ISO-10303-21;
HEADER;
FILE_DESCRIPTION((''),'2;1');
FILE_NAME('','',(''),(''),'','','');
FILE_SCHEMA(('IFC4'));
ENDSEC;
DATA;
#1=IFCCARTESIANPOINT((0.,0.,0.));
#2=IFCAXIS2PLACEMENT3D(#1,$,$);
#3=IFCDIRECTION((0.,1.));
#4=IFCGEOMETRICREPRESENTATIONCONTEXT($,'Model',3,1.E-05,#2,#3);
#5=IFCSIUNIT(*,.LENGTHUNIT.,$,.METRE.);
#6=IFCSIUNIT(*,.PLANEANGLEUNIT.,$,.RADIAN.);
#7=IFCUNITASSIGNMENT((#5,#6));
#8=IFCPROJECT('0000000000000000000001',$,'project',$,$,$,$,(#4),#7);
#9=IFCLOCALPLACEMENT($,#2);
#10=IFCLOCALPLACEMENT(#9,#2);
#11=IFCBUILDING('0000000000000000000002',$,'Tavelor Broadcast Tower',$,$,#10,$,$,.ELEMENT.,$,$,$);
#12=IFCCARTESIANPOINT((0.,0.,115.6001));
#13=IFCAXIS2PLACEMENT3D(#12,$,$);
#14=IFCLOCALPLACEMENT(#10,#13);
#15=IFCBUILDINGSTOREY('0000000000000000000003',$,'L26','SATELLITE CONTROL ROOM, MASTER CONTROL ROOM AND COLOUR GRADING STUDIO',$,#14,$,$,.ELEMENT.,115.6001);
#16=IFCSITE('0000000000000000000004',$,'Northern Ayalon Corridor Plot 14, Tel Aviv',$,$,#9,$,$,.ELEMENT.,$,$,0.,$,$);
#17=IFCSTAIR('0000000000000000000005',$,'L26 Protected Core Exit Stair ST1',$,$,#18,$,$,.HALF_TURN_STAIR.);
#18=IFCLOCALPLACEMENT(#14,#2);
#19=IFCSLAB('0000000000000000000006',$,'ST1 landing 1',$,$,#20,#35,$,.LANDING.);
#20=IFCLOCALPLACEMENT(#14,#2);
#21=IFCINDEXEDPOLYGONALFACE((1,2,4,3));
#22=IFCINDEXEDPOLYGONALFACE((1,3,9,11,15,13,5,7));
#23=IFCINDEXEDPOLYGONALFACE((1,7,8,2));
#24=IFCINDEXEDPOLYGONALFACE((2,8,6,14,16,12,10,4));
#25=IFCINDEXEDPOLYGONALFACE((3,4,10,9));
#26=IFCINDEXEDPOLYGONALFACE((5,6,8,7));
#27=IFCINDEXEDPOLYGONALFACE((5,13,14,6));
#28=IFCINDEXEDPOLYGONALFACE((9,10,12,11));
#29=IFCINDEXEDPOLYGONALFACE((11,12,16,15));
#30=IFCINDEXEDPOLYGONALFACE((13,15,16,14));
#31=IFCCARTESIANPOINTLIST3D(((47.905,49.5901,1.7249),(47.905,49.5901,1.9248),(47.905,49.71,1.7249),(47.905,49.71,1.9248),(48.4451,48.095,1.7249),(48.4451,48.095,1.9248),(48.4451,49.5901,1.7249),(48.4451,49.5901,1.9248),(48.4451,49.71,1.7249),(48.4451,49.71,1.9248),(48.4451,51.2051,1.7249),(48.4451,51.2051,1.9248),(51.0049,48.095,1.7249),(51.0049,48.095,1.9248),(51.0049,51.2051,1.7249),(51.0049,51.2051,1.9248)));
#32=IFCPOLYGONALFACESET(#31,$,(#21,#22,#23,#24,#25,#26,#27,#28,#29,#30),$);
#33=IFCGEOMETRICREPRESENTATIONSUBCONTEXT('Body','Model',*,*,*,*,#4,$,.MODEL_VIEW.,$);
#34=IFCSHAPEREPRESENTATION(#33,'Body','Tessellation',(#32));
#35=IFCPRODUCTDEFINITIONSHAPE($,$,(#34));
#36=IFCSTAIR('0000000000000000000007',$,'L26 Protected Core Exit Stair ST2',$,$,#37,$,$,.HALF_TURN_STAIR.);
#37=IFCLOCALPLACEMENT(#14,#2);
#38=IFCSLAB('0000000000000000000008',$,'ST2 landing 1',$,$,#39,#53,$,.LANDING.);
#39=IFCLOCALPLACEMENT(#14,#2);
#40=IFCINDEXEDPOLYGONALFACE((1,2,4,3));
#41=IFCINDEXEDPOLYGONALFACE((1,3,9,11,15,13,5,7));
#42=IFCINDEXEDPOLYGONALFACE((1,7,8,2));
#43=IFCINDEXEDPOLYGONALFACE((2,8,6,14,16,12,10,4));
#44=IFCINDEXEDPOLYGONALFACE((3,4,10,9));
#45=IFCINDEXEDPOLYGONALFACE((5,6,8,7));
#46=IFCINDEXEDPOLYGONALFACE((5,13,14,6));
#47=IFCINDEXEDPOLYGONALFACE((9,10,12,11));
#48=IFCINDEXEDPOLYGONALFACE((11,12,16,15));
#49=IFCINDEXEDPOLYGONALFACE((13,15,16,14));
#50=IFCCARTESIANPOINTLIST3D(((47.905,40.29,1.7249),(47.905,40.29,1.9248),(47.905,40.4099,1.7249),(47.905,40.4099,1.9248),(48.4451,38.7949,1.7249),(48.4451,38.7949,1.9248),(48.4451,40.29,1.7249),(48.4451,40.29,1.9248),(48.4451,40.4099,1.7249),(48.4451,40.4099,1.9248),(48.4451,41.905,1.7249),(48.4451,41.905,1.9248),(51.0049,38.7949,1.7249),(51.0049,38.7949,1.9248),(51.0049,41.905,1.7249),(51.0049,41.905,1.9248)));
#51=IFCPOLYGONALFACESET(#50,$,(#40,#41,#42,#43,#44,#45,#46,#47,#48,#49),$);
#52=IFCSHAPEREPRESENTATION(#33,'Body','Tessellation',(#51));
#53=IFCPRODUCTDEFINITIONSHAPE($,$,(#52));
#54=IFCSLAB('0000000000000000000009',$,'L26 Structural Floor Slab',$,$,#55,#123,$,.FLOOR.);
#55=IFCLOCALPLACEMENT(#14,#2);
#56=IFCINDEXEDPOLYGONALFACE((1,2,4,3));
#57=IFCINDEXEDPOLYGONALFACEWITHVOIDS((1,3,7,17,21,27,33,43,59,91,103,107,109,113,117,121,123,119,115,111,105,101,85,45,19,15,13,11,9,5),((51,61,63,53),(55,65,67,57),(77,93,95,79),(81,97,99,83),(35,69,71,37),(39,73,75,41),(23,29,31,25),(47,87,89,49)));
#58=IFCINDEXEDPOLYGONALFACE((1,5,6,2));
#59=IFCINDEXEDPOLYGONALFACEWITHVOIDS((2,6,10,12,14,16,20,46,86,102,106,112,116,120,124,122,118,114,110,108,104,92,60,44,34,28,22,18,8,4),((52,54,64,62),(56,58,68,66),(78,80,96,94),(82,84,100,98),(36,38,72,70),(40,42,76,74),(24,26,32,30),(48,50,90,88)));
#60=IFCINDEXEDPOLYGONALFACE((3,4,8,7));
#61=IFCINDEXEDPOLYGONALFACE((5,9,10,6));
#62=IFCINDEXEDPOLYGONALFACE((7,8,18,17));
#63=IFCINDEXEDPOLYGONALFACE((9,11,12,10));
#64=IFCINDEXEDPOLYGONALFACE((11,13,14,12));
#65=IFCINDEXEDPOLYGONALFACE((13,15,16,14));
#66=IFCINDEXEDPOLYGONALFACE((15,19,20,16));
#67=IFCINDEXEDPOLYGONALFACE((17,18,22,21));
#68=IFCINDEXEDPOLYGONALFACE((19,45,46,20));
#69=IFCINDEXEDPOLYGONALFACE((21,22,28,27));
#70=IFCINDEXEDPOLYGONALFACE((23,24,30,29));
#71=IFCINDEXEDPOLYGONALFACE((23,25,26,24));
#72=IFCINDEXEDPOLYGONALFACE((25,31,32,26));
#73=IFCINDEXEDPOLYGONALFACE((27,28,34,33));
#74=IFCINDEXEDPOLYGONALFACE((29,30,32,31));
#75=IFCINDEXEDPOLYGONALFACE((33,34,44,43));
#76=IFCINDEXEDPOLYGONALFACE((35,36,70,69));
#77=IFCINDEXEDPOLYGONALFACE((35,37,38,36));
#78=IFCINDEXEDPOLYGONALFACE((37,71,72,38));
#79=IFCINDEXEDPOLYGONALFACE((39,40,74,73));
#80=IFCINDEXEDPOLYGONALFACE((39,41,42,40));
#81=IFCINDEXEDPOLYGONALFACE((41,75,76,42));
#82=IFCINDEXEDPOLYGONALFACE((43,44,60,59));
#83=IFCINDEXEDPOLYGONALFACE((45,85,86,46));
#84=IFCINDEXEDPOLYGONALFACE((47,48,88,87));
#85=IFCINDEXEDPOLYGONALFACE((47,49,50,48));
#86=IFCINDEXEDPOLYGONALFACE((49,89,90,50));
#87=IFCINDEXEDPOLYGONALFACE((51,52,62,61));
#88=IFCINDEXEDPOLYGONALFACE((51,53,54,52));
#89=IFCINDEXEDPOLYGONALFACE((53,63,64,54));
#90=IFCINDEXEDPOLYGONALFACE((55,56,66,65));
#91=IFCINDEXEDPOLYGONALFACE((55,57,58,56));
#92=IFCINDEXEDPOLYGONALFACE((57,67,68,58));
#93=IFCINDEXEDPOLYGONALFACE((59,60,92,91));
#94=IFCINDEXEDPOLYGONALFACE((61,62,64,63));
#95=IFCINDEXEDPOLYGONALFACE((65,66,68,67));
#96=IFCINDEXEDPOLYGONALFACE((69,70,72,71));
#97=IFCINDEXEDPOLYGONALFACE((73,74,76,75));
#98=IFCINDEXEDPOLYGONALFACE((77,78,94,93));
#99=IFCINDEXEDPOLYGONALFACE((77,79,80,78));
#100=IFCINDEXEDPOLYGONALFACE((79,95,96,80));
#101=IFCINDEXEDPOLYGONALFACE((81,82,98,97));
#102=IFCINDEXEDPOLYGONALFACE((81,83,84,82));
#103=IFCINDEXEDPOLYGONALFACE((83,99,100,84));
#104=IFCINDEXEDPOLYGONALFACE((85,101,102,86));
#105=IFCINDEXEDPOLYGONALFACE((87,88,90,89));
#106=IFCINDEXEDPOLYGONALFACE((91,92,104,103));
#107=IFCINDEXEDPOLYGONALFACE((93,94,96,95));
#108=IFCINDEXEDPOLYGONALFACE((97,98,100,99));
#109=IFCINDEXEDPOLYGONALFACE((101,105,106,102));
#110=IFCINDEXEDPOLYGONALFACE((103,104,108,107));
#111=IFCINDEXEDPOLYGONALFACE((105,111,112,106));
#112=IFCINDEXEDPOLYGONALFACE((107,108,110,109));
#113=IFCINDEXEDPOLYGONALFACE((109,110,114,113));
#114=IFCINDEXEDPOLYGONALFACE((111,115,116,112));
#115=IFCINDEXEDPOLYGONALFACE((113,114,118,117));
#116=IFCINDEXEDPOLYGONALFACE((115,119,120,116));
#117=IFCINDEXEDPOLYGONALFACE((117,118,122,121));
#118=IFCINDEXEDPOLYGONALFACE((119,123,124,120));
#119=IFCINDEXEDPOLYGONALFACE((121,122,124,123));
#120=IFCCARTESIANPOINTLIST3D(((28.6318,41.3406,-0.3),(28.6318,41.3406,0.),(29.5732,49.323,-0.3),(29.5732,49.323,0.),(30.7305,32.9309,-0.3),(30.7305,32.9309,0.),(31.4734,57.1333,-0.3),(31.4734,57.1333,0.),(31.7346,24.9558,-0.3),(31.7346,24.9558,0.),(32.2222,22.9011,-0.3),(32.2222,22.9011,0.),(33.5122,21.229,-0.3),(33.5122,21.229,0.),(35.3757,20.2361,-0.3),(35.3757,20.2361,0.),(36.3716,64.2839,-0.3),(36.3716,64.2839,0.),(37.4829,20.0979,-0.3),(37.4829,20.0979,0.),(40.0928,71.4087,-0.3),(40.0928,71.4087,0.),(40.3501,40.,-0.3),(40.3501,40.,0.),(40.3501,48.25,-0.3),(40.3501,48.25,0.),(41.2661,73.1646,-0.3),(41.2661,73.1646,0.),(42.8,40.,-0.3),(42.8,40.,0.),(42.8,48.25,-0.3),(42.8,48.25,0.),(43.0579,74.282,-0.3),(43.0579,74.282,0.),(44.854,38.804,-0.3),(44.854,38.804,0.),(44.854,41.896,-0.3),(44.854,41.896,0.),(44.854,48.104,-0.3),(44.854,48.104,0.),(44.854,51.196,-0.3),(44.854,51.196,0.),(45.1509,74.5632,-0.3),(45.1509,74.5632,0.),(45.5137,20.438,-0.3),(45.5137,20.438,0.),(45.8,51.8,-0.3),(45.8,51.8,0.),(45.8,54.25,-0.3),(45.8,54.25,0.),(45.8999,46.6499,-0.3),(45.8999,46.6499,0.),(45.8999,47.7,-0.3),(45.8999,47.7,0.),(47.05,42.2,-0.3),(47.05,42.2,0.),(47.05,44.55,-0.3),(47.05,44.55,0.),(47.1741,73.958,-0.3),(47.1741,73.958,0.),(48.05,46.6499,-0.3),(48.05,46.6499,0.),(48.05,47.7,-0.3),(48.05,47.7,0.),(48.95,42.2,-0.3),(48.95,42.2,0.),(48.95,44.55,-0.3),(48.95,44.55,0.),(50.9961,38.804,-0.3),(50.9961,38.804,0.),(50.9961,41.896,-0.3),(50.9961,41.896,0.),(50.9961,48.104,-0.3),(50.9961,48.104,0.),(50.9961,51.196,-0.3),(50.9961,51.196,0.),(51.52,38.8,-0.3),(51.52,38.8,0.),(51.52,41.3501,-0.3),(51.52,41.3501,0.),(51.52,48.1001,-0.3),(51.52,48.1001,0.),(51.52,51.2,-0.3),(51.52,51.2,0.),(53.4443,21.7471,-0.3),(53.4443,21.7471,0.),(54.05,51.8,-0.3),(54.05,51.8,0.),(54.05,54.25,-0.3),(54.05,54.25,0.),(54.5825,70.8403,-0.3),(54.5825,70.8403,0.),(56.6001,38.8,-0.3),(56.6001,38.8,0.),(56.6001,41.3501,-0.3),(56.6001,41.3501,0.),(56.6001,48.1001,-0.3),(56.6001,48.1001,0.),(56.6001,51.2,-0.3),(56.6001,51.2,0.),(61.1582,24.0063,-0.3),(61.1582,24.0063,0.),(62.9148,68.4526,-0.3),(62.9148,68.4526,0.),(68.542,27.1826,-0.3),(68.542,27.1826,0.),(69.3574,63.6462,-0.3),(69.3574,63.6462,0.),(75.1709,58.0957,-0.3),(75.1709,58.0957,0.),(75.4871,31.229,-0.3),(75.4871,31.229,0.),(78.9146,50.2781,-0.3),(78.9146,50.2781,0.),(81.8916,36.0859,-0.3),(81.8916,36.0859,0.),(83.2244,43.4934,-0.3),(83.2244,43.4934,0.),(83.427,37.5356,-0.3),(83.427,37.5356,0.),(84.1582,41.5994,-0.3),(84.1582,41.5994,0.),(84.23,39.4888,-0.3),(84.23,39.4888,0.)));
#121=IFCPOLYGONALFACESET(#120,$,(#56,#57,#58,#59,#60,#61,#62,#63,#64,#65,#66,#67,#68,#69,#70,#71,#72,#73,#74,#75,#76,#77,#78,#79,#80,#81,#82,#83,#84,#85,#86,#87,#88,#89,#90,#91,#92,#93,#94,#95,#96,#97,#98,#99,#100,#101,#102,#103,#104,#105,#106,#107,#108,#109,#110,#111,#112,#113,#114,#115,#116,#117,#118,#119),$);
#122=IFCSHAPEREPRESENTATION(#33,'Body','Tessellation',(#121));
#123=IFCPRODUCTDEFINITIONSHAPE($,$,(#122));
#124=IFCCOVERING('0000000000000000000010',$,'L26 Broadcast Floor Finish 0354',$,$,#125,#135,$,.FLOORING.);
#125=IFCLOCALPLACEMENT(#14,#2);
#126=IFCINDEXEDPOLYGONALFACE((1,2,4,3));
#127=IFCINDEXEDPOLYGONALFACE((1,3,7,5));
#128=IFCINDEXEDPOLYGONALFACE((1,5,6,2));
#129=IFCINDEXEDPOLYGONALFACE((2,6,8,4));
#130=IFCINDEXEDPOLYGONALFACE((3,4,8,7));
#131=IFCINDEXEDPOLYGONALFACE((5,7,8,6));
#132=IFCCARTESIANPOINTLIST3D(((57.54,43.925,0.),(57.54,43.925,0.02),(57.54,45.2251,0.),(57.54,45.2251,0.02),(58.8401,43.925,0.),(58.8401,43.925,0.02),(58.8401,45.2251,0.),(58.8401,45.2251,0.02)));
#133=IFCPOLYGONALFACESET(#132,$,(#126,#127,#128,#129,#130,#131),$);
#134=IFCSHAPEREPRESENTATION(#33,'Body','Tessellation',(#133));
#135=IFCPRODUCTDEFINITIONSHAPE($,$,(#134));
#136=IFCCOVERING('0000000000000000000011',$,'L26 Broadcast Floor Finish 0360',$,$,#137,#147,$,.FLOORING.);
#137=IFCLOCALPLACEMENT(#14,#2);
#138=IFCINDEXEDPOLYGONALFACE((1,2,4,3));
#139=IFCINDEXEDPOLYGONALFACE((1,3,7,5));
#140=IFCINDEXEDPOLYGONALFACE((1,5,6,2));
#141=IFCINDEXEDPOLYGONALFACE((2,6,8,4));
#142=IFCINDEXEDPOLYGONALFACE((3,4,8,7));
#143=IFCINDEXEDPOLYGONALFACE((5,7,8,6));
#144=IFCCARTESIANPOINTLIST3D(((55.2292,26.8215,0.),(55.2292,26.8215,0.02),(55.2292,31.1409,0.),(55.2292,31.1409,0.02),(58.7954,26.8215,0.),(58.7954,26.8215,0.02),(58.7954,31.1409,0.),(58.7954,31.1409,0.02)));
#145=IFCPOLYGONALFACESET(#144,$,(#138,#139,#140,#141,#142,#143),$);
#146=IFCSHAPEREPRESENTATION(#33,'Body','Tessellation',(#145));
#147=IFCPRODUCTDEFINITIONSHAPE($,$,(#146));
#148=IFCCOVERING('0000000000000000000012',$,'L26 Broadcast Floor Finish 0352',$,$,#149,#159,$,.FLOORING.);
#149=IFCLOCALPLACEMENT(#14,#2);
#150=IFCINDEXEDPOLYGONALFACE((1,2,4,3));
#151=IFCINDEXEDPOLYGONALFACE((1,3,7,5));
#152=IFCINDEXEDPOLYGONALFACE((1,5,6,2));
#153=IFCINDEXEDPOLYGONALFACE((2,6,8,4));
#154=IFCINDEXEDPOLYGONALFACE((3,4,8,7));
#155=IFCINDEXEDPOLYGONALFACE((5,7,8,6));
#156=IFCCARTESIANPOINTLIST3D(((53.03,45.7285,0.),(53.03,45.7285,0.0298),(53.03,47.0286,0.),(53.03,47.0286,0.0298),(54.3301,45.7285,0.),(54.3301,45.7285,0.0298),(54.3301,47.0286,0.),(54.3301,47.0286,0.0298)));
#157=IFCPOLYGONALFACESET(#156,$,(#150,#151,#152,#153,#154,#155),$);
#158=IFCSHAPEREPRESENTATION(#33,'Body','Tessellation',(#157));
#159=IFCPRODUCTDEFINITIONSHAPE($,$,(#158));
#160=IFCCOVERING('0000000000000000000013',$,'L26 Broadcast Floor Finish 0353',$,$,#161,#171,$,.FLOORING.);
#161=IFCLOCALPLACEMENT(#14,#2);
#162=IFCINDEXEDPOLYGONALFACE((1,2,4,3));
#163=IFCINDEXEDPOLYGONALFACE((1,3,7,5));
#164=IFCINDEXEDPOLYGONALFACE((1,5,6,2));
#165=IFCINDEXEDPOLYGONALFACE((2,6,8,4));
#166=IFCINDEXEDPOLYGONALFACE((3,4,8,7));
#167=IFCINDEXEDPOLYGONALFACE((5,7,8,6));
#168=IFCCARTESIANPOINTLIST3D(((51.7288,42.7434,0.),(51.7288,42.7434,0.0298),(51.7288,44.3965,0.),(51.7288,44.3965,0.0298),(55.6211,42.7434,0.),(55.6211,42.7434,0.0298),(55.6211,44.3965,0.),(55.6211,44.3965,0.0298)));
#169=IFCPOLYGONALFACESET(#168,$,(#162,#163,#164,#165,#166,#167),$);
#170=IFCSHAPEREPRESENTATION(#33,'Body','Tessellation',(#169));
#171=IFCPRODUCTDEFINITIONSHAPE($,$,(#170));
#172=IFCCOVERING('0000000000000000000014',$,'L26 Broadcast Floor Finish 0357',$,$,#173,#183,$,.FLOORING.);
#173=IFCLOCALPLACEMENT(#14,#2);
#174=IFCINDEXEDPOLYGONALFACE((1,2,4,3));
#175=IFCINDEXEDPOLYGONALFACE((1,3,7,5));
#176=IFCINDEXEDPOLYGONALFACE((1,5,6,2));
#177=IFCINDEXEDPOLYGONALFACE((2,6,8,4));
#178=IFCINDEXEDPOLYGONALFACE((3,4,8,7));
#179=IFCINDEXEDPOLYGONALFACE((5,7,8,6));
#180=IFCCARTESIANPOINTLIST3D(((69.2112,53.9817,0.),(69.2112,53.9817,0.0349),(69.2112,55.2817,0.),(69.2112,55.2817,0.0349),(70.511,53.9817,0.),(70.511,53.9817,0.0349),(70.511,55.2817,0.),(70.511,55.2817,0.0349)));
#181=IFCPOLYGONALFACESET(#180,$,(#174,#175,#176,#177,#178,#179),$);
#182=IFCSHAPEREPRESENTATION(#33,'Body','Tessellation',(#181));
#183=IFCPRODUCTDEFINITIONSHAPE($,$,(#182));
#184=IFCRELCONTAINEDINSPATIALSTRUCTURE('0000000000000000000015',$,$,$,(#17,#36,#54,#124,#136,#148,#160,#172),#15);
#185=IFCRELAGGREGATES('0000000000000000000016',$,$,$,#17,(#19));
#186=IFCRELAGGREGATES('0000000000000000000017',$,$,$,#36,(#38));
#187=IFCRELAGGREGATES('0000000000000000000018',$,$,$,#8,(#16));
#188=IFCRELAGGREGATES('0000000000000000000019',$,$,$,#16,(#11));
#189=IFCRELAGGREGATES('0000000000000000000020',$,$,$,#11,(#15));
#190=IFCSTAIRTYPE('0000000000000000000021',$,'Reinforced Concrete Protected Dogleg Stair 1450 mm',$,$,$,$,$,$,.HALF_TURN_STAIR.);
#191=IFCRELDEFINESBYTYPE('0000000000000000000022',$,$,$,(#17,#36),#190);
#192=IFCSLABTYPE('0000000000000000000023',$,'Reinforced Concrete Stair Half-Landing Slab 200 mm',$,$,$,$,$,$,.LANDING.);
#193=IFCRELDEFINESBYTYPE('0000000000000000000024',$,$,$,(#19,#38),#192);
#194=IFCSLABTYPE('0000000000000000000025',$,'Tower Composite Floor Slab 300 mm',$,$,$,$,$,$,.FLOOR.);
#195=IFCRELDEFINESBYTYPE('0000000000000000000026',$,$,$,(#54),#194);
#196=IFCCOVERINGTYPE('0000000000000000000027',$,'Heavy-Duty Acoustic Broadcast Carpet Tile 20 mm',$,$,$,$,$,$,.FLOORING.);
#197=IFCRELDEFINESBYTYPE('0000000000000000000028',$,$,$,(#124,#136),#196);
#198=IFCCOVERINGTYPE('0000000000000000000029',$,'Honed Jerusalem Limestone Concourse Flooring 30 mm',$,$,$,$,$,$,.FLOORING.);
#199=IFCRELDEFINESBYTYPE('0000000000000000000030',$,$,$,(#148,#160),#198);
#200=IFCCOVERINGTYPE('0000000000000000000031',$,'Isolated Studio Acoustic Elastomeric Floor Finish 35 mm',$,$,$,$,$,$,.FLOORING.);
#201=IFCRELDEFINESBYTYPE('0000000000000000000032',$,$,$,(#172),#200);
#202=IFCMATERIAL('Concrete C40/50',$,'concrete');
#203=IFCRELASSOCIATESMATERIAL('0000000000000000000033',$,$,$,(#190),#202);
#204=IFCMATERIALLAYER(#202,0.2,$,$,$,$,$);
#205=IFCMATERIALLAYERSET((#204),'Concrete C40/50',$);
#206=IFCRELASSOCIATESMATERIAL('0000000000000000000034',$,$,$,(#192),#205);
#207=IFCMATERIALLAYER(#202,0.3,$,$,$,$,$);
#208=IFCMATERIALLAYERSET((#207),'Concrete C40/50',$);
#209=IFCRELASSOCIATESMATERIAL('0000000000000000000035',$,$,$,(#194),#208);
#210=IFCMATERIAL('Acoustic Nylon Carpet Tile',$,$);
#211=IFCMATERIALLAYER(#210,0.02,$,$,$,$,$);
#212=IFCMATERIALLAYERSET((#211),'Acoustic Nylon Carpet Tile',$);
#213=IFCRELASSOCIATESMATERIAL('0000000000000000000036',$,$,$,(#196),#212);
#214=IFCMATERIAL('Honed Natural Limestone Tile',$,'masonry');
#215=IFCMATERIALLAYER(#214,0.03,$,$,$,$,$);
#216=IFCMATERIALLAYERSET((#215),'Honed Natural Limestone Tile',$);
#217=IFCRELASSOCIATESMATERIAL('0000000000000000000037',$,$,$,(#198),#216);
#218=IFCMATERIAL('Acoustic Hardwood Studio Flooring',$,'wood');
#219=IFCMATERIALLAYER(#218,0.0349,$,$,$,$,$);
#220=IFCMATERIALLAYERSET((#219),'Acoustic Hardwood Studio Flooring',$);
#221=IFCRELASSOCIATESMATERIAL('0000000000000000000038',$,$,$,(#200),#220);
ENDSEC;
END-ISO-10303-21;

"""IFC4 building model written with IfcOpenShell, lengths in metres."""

from ifc_helpers import new_model, si_unit, direction, frame, origin, place, context, subcontext, project, spatial, polyline, outline, extrude, material, layer, layer_set, type_object, element, aggregate, save


model = new_model("IFC4")

# Units and contexts
model_context = context("Model", 3, precision=1e-05, world=origin(), true_north=direction((0.0, 1.0)))
body_context = subcontext(model_context, "Body", "Model", "MODEL_VIEW")
ifc_project = project(units=[si_unit("LENGTHUNIT", "METRE"), si_unit("PLANEANGLEUNIT", "RADIAN")], contexts=[model_context])

# Site, building, storey
site_placement = place(None, origin())
site = spatial("IfcSite", under=ifc_project, at=site_placement, Name="Northern Ayalon Corridor Plot 14, Tel Aviv", CompositionType="ELEMENT", RefElevation=0.0)
building_placement = place(site_placement, origin())
building = spatial("IfcBuilding", under=site, at=building_placement, Name="Tavelor Broadcast Tower", CompositionType="ELEMENT")
storey_placement = place(building_placement, frame((0.0, 0.0, 115.6001)))
storey = spatial("IfcBuildingStorey", under=building, at=storey_placement, Name="L26", Description="SATELLITE CONTROL ROOM, MASTER CONTROL ROOM AND COLOUR GRADING STUDIO", CompositionType="ELEMENT", Elevation=115.6001)

# Stairs, slabs
ifc_material_1 = material(Name="Concrete C40/50", Category="concrete")
stair_type = type_object("IfcStairType", Name="Reinforced Concrete Protected Dogleg Stair 1450 mm", PredefinedType="HALF_TURN_STAIR", material=ifc_material_1)
stair_1_placement = place(storey_placement, origin())
stair_1 = element("IfcStair", 1, at=stair_1_placement, inside=storey, type_object=stair_type, Name="L26 Protected Core Exit Stair ST1", PredefinedType="HALF_TURN_STAIR")
ifc_layer_1 = layer(ifc_material_1, 0.2)
ifc_layer_set_1 = layer_set([ifc_layer_1], Name="Concrete C40/50")
slab_type_1 = type_object("IfcSlabType", Name="Reinforced Concrete Stair Half-Landing Slab 200 mm", PredefinedType="LANDING", material=ifc_layer_set_1)
slab_1_placement = place(storey_placement, frame((0.0, 0.0, 1.7249)))
slab_1 = element("IfcSlab", 2, at=slab_1_placement, type_object=slab_type_1, Name="ST1 landing 1", PredefinedType="LANDING", context=body_context, shape_type="SweptSolid", body=[
    extrude(outline(polyline([(48.4451, 49.5901), (48.4451, 48.095), (51.0049, 48.095), (51.0049, 51.2051), (48.4451, 51.2051), (48.4451, 49.71), (47.905, 49.71), (47.905, 49.5901), (48.4451, 49.5901)])), origin(), (0.0, 0.0, 1.0), 0.2),
])
aggregate(stair_1, [slab_1])
stair_2_placement = place(storey_placement, origin())
stair_2 = element("IfcStair", 3, at=stair_2_placement, inside=storey, type_object=stair_type, Name="L26 Protected Core Exit Stair ST2", PredefinedType="HALF_TURN_STAIR")
slab_2_placement = place(storey_placement, frame((0.0, 0.0, 1.7249)))
slab_2 = element("IfcSlab", 4, at=slab_2_placement, type_object=slab_type_1, Name="ST2 landing 1", PredefinedType="LANDING", context=body_context, shape_type="SweptSolid", body=[
    extrude(outline(polyline([(48.4451, 40.29), (48.4451, 38.7949), (51.0049, 38.7949), (51.0049, 41.905), (48.4451, 41.905), (48.4451, 40.4099), (47.905, 40.4099), (47.905, 40.29), (48.4451, 40.29)])), origin(), (0.0, 0.0, 1.0), 0.2),
])
aggregate(stair_2, [slab_2])

# Slab
ifc_layer_2 = layer(ifc_material_1, 0.3)
ifc_layer_set_2 = layer_set([ifc_layer_2], Name="Concrete C40/50")
slab_type_2 = type_object("IfcSlabType", Name="Tower Composite Floor Slab 300 mm", PredefinedType="FLOOR", material=ifc_layer_set_2)
slab_3_placement = place(storey_placement, frame((0.0, 0.0, -0.3)))
element("IfcSlab", 5, at=slab_3_placement, inside=storey, type_object=slab_type_2, Name="L26 Structural Floor Slab", PredefinedType="FLOOR", context=body_context, shape_type="SweptSolid", body=[
    extrude(outline(polyline([(47.1741, 73.958), (45.1509, 74.5632), (43.0579, 74.282), (41.2661, 73.1646), (40.0928, 71.4087), (36.3716, 64.2839), (31.4734, 57.1333), (29.5732, 49.323), (28.6318, 41.3406), (30.7305, 32.9309), (31.7346, 24.9558), (32.2222, 22.9011), (33.5122, 21.229), (35.3757, 20.2361), (37.4829, 20.0979), (45.5137, 20.438), (53.4443, 21.7471), (61.1582, 24.0063), (68.542, 27.1826), (75.4871, 31.229), (81.8916, 36.0859), (83.427, 37.5356), (84.23, 39.4888), (84.1582, 41.5994), (83.2244, 43.4934), (78.9146, 50.2781), (75.1709, 58.0957), (69.3574, 63.6462), (62.9148, 68.4526), (54.5825, 70.8403), (47.1741, 73.958)]), holes=[polyline([(56.6001, 38.8), (51.52, 38.8), (51.52, 41.3501), (56.6001, 41.3501), (56.6001, 38.8)]), polyline([(50.9961, 38.804), (44.854, 38.804), (44.854, 41.896), (50.9961, 41.896), (50.9961, 38.804)]), polyline([(47.05, 42.2), (47.05, 44.55), (48.95, 44.55), (48.95, 42.2), (47.05, 42.2)]), polyline([(40.3501, 40.0), (40.3501, 48.25), (42.8, 48.25), (42.8, 40.0), (40.3501, 40.0)]), polyline([(48.05, 46.6499), (45.8999, 46.6499), (45.8999, 47.7), (48.05, 47.7), (48.05, 46.6499)]), polyline([(50.9961, 48.104), (44.854, 48.104), (44.854, 51.196), (50.9961, 51.196), (50.9961, 48.104)]), polyline([(56.6001, 48.1001), (51.52, 48.1001), (51.52, 51.2), (56.6001, 51.2), (56.6001, 48.1001)]), polyline([(54.05, 51.8), (45.8, 51.8), (45.8, 54.25), (54.05, 54.25), (54.05, 51.8)])]), origin(), (0.0, 0.0, 1.0), 0.3),
])

# Coverings
ifc_material_2 = material(Name="Acoustic Nylon Carpet Tile")
ifc_layer_3 = layer(ifc_material_2, 0.02)
ifc_layer_set_3 = layer_set([ifc_layer_3], Name="Acoustic Nylon Carpet Tile")
covering_type_1 = type_object("IfcCoveringType", Name="Heavy-Duty Acoustic Broadcast Carpet Tile 20 mm", PredefinedType="FLOORING", material=ifc_layer_set_3)
covering_1_placement = place(storey_placement, origin())
element("IfcCovering", 6, at=covering_1_placement, inside=storey, type_object=covering_type_1, Name="L26 Broadcast Floor Finish 0354", PredefinedType="FLOORING", context=body_context, shape_type="SweptSolid", body=[
    extrude(outline(polyline([(57.54, 43.925), (58.8401, 43.925), (58.8401, 45.2251), (57.54, 45.2251), (57.54, 43.925)])), origin(), (0.0, 0.0, 1.0), 0.02),
])
covering_2_placement = place(storey_placement, origin())
element("IfcCovering", 7, at=covering_2_placement, inside=storey, type_object=covering_type_1, Name="L26 Broadcast Floor Finish 0360", PredefinedType="FLOORING", context=body_context, shape_type="SweptSolid", body=[
    extrude(outline(polyline([(55.2292, 26.8215), (58.7954, 26.8215), (58.7954, 31.1409), (55.2292, 31.1409), (55.2292, 26.8215)])), origin(), (0.0, 0.0, 1.0), 0.02),
])
ifc_material_3 = material(Name="Honed Natural Limestone Tile", Category="masonry")
ifc_layer_4 = layer(ifc_material_3, 0.03)
ifc_layer_set_4 = layer_set([ifc_layer_4], Name="Honed Natural Limestone Tile")
covering_type_2 = type_object("IfcCoveringType", Name="Honed Jerusalem Limestone Concourse Flooring 30 mm", PredefinedType="FLOORING", material=ifc_layer_set_4)
covering_3_placement = place(storey_placement, origin())
element("IfcCovering", 8, at=covering_3_placement, inside=storey, type_object=covering_type_2, Name="L26 Broadcast Floor Finish 0352", PredefinedType="FLOORING", context=body_context, shape_type="SweptSolid", body=[
    extrude(outline(polyline([(53.03, 45.7285), (54.3301, 45.7285), (54.3301, 47.0286), (53.03, 47.0286), (53.03, 45.7285)])), origin(), (0.0, 0.0, 1.0), 0.0298),
])
covering_4_placement = place(storey_placement, origin())
element("IfcCovering", 9, at=covering_4_placement, inside=storey, type_object=covering_type_2, Name="L26 Broadcast Floor Finish 0353", PredefinedType="FLOORING", context=body_context, shape_type="SweptSolid", body=[
    extrude(outline(polyline([(51.7288, 42.7434), (55.6211, 42.7434), (55.6211, 44.3965), (51.7288, 44.3965), (51.7288, 42.7434)])), origin(), (0.0, 0.0, 1.0), 0.0298),
])
ifc_material_4 = material(Name="Acoustic Hardwood Studio Flooring", Category="wood")
ifc_layer_5 = layer(ifc_material_4, 0.0349)
ifc_layer_set_5 = layer_set([ifc_layer_5], Name="Acoustic Hardwood Studio Flooring")
covering_type_3 = type_object("IfcCoveringType", Name="Isolated Studio Acoustic Elastomeric Floor Finish 35 mm", PredefinedType="FLOORING", material=ifc_layer_set_5)
covering_5_placement = place(storey_placement, origin())
element("IfcCovering", 10, at=covering_5_placement, inside=storey, type_object=covering_type_3, Name="L26 Broadcast Floor Finish 0357", PredefinedType="FLOORING", context=body_context, shape_type="SweptSolid", body=[
    extrude(outline(polyline([(69.2112, 53.9817), (70.511, 53.9817), (70.511, 55.2817), (69.2112, 55.2817), (69.2112, 53.9817)])), origin(), (0.0, 0.0, 1.0), 0.0349),
])

save(model, "model.ifc")
